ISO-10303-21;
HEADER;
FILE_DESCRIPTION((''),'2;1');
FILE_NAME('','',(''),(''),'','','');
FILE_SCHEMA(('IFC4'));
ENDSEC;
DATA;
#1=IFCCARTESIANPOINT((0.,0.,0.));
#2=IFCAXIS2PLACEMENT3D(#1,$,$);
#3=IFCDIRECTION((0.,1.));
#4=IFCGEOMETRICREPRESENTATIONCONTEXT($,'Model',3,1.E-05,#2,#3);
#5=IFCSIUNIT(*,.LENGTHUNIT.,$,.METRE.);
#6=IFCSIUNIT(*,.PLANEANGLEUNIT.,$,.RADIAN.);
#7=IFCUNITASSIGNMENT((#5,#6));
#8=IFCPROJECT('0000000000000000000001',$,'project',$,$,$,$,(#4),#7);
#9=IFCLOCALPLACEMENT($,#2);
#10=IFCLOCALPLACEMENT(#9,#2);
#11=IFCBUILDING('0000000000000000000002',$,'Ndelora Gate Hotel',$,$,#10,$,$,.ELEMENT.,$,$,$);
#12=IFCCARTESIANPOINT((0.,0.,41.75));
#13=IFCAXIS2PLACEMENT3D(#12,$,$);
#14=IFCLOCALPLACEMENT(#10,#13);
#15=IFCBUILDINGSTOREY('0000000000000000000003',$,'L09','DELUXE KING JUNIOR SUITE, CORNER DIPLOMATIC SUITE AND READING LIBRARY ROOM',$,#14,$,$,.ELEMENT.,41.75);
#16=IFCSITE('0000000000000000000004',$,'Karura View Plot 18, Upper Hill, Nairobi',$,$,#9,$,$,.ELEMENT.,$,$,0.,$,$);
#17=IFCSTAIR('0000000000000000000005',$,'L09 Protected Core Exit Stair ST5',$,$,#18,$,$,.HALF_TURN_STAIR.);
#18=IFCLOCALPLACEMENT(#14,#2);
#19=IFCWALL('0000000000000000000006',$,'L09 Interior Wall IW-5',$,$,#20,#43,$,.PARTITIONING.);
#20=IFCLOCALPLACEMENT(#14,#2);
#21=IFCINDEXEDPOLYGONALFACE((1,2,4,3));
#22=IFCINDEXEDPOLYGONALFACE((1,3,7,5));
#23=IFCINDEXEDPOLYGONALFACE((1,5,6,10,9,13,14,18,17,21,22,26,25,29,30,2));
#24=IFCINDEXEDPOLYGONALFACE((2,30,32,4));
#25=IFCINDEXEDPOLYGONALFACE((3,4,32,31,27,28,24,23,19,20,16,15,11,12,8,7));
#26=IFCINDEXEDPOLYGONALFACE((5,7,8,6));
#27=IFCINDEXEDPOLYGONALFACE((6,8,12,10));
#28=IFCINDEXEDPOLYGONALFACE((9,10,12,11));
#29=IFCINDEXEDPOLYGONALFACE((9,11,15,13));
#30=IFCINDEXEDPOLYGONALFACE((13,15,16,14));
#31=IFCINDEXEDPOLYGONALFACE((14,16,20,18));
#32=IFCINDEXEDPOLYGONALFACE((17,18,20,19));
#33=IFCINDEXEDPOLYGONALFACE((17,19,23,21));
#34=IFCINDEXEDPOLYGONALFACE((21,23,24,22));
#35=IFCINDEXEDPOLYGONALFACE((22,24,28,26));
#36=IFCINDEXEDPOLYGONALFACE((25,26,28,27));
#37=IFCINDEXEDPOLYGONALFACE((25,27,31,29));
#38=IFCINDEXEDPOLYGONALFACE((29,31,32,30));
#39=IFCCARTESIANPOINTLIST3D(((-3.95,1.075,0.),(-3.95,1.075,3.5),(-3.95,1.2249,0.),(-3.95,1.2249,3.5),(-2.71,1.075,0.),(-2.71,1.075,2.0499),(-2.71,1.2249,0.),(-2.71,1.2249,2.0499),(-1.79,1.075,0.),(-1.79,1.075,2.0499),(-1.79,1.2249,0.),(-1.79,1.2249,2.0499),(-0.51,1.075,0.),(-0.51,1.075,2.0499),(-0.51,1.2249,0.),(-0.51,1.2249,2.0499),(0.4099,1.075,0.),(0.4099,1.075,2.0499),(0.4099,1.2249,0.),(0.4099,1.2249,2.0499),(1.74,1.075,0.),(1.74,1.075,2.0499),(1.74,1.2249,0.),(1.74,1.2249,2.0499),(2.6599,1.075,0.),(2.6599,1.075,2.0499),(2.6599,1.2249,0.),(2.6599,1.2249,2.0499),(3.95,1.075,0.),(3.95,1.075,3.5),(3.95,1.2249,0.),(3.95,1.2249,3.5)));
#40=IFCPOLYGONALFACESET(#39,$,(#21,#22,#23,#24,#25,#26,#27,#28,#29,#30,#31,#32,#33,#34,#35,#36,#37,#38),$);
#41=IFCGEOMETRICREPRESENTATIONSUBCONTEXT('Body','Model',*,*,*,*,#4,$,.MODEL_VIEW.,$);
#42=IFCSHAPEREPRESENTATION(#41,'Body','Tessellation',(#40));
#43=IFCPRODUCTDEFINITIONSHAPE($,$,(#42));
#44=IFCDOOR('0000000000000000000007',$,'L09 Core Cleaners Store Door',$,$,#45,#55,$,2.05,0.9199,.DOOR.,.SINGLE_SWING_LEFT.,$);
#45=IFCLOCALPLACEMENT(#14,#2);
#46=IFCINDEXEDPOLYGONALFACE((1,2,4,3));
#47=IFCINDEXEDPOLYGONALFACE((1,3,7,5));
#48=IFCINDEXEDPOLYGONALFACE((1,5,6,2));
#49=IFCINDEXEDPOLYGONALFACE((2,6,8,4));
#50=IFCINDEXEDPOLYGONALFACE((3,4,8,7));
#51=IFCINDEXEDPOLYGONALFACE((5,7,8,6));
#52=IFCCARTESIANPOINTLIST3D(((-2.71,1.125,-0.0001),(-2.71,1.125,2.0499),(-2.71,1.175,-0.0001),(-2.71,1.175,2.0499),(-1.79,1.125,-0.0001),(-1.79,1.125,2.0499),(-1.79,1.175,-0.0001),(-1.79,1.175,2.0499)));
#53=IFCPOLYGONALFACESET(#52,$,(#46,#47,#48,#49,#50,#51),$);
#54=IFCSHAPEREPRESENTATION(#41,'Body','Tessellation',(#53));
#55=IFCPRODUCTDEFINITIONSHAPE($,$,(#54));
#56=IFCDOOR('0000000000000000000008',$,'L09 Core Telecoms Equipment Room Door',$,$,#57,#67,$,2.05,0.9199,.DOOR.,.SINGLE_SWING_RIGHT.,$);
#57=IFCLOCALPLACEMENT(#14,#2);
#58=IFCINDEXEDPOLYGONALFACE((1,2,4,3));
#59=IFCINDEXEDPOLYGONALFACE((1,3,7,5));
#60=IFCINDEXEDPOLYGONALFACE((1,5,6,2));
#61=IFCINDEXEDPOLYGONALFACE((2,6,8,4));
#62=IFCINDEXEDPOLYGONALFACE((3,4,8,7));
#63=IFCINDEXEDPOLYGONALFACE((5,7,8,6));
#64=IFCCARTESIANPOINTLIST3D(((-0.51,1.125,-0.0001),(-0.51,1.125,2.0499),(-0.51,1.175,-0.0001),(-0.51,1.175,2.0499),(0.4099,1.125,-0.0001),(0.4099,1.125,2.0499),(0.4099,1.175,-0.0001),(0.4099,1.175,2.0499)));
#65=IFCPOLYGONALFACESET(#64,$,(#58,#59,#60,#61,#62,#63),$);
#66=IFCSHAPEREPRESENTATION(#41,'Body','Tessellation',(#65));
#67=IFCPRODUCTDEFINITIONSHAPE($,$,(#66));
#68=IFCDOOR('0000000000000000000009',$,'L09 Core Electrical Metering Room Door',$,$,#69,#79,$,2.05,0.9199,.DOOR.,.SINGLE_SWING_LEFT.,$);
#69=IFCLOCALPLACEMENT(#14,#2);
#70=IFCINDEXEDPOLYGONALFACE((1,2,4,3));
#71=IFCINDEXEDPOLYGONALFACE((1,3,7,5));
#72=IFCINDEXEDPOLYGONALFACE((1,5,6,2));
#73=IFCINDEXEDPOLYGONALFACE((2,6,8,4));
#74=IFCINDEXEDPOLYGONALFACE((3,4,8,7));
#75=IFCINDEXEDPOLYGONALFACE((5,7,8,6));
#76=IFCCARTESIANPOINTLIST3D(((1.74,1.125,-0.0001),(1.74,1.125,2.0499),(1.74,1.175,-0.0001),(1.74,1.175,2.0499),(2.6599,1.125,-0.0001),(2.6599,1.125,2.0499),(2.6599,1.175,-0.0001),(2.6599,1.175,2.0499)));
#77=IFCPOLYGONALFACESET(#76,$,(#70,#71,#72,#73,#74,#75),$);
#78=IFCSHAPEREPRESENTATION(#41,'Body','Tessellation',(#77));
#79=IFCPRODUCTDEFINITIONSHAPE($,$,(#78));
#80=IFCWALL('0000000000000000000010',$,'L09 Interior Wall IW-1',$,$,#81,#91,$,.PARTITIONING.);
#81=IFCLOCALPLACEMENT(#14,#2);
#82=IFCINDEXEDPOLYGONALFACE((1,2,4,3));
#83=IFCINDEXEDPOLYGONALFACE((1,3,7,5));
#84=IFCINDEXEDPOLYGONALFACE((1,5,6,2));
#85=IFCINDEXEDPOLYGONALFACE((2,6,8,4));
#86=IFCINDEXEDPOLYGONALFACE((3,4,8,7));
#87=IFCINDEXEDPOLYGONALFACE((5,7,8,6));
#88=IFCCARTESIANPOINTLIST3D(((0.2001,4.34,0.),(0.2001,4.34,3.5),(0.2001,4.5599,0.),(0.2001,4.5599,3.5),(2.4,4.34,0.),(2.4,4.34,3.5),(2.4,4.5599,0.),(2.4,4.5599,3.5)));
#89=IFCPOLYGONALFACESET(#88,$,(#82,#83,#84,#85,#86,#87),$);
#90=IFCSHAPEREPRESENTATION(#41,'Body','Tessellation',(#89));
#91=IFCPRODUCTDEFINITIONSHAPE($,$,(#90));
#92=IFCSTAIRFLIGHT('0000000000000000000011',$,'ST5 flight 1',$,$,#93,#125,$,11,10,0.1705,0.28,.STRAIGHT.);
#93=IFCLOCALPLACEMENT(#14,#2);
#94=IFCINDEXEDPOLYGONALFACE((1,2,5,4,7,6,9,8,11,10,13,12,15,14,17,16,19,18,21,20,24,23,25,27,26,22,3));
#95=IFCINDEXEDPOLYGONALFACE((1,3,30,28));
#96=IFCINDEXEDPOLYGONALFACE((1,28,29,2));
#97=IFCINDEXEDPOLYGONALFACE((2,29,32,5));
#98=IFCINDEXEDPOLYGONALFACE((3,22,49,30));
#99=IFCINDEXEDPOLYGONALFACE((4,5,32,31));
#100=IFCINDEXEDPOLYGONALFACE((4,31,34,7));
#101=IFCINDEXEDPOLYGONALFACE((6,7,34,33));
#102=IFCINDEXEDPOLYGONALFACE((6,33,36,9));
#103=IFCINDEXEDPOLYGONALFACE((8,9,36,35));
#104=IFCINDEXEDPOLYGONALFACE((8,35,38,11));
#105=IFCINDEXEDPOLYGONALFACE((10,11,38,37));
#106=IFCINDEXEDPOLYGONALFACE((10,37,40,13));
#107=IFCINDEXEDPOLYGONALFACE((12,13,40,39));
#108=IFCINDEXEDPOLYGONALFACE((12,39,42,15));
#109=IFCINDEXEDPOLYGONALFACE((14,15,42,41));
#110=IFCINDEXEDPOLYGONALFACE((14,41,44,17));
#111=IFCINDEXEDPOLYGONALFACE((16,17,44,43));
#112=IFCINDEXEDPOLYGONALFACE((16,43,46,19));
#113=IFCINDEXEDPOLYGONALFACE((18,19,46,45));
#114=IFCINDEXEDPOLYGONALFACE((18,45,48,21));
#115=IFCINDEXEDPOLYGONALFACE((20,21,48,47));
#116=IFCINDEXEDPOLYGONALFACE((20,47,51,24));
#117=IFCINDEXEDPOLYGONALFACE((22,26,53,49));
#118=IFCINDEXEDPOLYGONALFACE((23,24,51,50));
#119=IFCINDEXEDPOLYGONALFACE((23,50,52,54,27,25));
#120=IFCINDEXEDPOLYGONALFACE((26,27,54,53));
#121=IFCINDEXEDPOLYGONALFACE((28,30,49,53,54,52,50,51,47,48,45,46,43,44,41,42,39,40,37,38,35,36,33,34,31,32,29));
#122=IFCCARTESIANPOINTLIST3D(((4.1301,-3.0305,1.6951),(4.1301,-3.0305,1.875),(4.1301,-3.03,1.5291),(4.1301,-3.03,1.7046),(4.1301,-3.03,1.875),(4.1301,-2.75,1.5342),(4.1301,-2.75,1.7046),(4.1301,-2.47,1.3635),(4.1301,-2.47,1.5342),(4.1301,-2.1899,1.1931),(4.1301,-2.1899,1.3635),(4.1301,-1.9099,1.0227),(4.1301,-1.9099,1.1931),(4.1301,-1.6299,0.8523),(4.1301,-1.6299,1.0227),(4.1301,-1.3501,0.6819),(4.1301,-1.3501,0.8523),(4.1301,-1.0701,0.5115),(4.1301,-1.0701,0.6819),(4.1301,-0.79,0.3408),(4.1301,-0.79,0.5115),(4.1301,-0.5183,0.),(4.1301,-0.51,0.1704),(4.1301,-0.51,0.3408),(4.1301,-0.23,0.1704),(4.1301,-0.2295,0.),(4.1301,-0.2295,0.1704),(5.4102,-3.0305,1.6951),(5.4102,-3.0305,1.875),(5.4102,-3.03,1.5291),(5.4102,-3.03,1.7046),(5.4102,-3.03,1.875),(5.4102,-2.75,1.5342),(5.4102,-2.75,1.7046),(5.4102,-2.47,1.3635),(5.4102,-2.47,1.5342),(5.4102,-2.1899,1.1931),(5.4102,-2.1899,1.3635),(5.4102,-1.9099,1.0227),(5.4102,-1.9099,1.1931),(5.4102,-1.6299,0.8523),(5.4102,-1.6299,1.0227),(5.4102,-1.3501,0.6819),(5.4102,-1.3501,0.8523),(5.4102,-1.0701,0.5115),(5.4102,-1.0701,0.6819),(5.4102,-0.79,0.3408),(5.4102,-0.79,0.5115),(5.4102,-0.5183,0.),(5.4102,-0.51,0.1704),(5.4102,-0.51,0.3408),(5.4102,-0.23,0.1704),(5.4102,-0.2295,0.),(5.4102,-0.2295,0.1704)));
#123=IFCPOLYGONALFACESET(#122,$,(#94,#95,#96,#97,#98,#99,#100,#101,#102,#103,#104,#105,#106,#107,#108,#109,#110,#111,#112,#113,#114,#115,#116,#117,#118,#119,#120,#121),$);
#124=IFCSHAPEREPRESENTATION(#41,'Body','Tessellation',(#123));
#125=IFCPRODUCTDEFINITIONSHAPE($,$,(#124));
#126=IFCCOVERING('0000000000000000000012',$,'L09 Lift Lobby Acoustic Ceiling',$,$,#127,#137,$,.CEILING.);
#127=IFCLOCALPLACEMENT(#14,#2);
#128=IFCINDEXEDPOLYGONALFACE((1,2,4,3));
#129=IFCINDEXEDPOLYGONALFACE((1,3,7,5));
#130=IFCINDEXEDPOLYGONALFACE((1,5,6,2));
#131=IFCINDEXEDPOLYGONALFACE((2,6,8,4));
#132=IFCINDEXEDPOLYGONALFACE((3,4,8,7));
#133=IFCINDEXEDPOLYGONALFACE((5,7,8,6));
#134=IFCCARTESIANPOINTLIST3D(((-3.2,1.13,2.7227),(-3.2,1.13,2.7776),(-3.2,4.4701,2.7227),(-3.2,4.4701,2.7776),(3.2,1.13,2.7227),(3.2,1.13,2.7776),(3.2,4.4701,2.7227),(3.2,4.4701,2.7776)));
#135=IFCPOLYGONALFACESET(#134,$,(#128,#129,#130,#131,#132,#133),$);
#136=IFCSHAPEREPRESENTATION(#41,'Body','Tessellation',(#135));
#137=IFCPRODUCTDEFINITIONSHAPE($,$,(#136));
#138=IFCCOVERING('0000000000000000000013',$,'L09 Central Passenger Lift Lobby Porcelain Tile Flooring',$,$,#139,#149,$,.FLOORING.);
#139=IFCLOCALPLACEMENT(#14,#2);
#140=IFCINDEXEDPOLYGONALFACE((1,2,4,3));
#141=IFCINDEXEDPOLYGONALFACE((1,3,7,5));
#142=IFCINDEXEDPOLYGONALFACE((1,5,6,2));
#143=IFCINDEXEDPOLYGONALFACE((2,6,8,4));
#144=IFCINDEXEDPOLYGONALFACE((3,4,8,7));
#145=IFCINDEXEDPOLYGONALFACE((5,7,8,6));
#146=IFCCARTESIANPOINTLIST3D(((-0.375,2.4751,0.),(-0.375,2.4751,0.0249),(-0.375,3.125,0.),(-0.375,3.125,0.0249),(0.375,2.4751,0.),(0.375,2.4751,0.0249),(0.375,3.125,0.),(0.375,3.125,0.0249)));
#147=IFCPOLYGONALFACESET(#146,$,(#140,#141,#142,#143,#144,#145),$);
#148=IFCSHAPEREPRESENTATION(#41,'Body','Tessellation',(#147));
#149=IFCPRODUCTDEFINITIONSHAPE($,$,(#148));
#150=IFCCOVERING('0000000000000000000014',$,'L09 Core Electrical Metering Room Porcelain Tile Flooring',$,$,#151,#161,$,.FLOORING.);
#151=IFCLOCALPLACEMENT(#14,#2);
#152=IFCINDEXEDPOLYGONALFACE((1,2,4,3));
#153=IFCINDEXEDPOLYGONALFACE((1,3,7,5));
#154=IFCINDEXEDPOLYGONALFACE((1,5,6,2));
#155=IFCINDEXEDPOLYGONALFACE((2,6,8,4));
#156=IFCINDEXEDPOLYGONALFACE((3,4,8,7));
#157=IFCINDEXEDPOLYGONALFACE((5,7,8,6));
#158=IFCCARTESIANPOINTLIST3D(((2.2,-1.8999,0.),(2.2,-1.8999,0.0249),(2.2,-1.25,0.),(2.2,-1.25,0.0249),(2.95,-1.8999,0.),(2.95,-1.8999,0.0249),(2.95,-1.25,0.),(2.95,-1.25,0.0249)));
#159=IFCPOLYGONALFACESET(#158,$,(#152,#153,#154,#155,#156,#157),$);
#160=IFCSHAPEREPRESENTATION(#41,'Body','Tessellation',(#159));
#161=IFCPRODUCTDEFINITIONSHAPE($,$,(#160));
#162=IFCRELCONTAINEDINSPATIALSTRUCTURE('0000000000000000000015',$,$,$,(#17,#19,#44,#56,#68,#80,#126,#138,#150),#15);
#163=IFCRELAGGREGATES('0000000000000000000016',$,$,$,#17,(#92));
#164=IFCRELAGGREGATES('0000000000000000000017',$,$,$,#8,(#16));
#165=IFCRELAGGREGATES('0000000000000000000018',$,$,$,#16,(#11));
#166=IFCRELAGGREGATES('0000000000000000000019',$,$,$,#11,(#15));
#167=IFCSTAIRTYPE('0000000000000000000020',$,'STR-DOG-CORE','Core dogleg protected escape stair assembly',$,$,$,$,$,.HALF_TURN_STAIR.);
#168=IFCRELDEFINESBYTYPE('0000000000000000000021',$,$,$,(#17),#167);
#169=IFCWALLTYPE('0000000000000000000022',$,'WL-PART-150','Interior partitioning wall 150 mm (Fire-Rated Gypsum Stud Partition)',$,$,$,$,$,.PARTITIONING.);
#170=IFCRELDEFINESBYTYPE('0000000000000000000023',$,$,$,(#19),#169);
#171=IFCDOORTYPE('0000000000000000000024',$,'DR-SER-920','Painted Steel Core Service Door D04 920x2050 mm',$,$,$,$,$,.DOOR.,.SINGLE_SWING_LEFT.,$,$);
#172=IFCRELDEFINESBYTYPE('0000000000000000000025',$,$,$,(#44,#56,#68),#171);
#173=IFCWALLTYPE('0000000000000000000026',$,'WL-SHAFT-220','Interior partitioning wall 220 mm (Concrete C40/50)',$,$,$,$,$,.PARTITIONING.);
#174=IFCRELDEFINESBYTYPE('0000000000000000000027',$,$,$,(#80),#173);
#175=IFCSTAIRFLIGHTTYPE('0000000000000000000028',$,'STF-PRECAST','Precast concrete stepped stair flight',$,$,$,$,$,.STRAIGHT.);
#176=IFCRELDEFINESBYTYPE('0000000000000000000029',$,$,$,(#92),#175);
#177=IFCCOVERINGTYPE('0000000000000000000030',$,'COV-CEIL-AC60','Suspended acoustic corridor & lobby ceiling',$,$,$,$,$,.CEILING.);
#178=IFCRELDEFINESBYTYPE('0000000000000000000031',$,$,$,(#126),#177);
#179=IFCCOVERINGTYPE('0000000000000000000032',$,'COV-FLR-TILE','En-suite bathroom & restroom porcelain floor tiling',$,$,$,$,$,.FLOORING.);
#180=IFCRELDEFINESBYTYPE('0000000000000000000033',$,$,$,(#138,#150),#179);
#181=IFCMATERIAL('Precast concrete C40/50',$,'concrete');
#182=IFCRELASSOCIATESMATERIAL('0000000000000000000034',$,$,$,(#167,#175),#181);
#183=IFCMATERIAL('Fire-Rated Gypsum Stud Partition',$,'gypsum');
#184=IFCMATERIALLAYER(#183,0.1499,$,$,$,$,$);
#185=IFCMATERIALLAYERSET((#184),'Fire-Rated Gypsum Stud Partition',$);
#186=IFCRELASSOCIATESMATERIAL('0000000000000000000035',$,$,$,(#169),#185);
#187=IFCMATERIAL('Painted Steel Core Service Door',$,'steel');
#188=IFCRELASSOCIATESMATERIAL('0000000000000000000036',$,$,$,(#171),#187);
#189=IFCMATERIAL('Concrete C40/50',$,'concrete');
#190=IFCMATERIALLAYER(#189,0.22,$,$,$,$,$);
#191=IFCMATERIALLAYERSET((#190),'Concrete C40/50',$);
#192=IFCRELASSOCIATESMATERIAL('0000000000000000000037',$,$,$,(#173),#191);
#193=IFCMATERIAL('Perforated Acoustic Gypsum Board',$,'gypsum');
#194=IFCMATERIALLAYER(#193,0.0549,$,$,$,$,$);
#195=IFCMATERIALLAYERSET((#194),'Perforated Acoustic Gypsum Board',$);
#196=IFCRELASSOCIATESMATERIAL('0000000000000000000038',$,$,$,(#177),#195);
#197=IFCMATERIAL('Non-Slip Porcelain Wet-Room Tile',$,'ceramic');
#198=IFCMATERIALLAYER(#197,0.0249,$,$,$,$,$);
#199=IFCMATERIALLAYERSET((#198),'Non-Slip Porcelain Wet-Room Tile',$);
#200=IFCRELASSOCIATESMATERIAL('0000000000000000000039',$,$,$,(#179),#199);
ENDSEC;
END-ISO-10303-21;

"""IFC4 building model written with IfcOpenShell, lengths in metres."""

from ifc_helpers import new_model, si_unit, direction, frame, frame_2d, origin, origin_2d, place, context, subcontext, project, spatial, polyline, rectangle, outline, extrude, material, layer, layer_set, type_object, element, fill, aggregate, save


model = new_model("IFC4")

# Units and contexts
model_context = context("Model", 3, precision=1e-05, world=origin(), true_north=direction((0.0, 1.0)))
body_context = subcontext(model_context, "Body", "Model", "MODEL_VIEW")
ifc_project = project(units=[si_unit("LENGTHUNIT", "METRE"), si_unit("PLANEANGLEUNIT", "RADIAN")], contexts=[model_context])

# Site, building, storey
site_placement = place(None, origin())
site = spatial("IfcSite", under=ifc_project, at=site_placement, Name="Karura View Plot 18, Upper Hill, Nairobi", CompositionType="ELEMENT", RefElevation=0.0)
building_placement = place(site_placement, origin())
building = spatial("IfcBuilding", under=site, at=building_placement, Name="Ndelora Gate Hotel", CompositionType="ELEMENT")
storey_placement = place(building_placement, frame((0.0, 0.0, 41.75)))
storey = spatial("IfcBuildingStorey", under=building, at=storey_placement, Name="L09", Description="DELUXE KING JUNIOR SUITE, CORNER DIPLOMATIC SUITE AND READING LIBRARY ROOM", CompositionType="ELEMENT", Elevation=41.75)

# Stair
ifc_material_1 = material(Name="Precast concrete C40/50", Category="concrete")
stair_type = type_object("IfcStairType", Name="STR-DOG-CORE", Description="Core dogleg protected escape stair assembly", PredefinedType="HALF_TURN_STAIR", material=ifc_material_1)
stair_1_placement = place(storey_placement, origin())
stair_1 = element("IfcStair", 1, at=stair_1_placement, inside=storey, type_object=stair_type, Name="L09 Protected Core Exit Stair ST5", PredefinedType="HALF_TURN_STAIR")

# Shared definitions
ifc_material_2 = material(Name="Concrete C40/50", Category="concrete")

# Wall, openings, doors
ifc_material_3 = material(Name="Fire-Rated Gypsum Stud Partition", Category="gypsum")
ifc_layer_1 = layer(ifc_material_3, 0.1499)
ifc_layer_set_1 = layer_set([ifc_layer_1], Name="Fire-Rated Gypsum Stud Partition")
wall_type_1 = type_object("IfcWallType", Name="WL-PART-150", Description="Interior partitioning wall 150 mm (Fire-Rated Gypsum Stud Partition)", PredefinedType="PARTITIONING", material=ifc_layer_set_1)
wall_1_placement = place(storey_placement, frame((3.95, 1.1499, 0.0), z_axis=(0.0, 0.0, 1.0), x_axis=(-1.0, 0.0, 0.0)))
wall_1 = element("IfcWall", 2, at=wall_1_placement, inside=storey, type_object=wall_type_1, Name="L09 Interior Wall IW-5", PredefinedType="PARTITIONING", context=body_context, shape_type="SweptSolid", body=[
    extrude(rectangle(XDim=7.8999, YDim=0.1499, at=frame_2d((3.95, 0.0))), origin(), (0.0, 0.0, 1.0), 3.5),
])
opening_1_placement = place(wall_1_placement, frame((5.74, 0.0, 0.0)))
opening_1 = element("IfcOpeningElement", 3, at=opening_1_placement, cuts=wall_1, PredefinedType="OPENING", context=body_context, shape_type="SweptSolid", body=[
    extrude(rectangle(XDim=0.9199, YDim=2.05, at=frame_2d((0.46, 1.0249))), frame((0.0, 0.085, 0.0), z_axis=(0.0, -1.0, 0.0), x_axis=(1.0, 0.0, 0.0)), (0.0, 0.0, 1.0), 0.1699),
])
opening_2_placement = place(wall_1_placement, frame((3.54, 0.0, 0.0)))
opening_2 = element("IfcOpeningElement", 4, at=opening_2_placement, cuts=wall_1, PredefinedType="OPENING", context=body_context, shape_type="SweptSolid", body=[
    extrude(rectangle(XDim=0.9199, YDim=2.05, at=frame_2d((0.46, 1.0249))), frame((0.0, 0.085, 0.0), z_axis=(0.0, -1.0, 0.0), x_axis=(1.0, 0.0, 0.0)), (0.0, 0.0, 1.0), 0.1699),
])
opening_3_placement = place(wall_1_placement, frame((1.29, 0.0, 0.0)))
opening_3 = element("IfcOpeningElement", 5, at=opening_3_placement, cuts=wall_1, PredefinedType="OPENING", context=body_context, shape_type="SweptSolid", body=[
    extrude(rectangle(XDim=0.9199, YDim=2.05, at=frame_2d((0.46, 1.0249))), frame((0.0, 0.085, 0.0), z_axis=(0.0, -1.0, 0.0), x_axis=(1.0, 0.0, 0.0)), (0.0, 0.0, 1.0), 0.1699),
])
ifc_material_4 = material(Name="Painted Steel Core Service Door", Category="steel")
door_type_1 = type_object("IfcDoorType", Name="DR-SER-920", Description="Painted Steel Core Service Door D04 920x2050 mm", OperationType="SINGLE_SWING_LEFT", PredefinedType="DOOR", material=ifc_material_4)
door_1_placement = place(opening_1_placement, origin())
door_1 = element("IfcDoor", 6, at=door_1_placement, inside=storey, type_object=door_type_1, Name="L09 Core Cleaners Store Door", OperationType="SINGLE_SWING_LEFT", OverallHeight=2.05, OverallWidth=0.9199, PredefinedType="DOOR", context=body_context, shape_type="SweptSolid", body=[
    extrude(rectangle(XDim=0.9199, YDim=2.05, at=frame_2d((0.46, 1.0249))), frame((0.0, 0.0249, 0.0), z_axis=(0.0, -1.0, 0.0), x_axis=(1.0, 0.0, 0.0)), (0.0, 0.0, 1.0), 0.05),
])
fill(opening_1, door_1)
door_2_placement = place(opening_2_placement, origin())
door_2 = element("IfcDoor", 7, at=door_2_placement, inside=storey, type_object=door_type_1, Name="L09 Core Telecoms Equipment Room Door", OperationType="SINGLE_SWING_RIGHT", OverallHeight=2.05, OverallWidth=0.9199, PredefinedType="DOOR", context=body_context, shape_type="SweptSolid", body=[
    extrude(rectangle(XDim=0.9199, YDim=2.05, at=frame_2d((0.46, 1.0249))), frame((0.0, 0.0249, 0.0), z_axis=(0.0, -1.0, 0.0), x_axis=(1.0, 0.0, 0.0)), (0.0, 0.0, 1.0), 0.05),
])
fill(opening_2, door_2)
door_3_placement = place(opening_3_placement, origin())
door_3 = element("IfcDoor", 8, at=door_3_placement, inside=storey, type_object=door_type_1, Name="L09 Core Electrical Metering Room Door", OperationType="SINGLE_SWING_LEFT", OverallHeight=2.05, OverallWidth=0.9199, PredefinedType="DOOR", context=body_context, shape_type="SweptSolid", body=[
    extrude(rectangle(XDim=0.9199, YDim=2.05, at=frame_2d((0.46, 1.0249))), frame((0.0, 0.0249, 0.0), z_axis=(0.0, -1.0, 0.0), x_axis=(1.0, 0.0, 0.0)), (0.0, 0.0, 1.0), 0.05),
])
fill(opening_3, door_3)

# Shared definitions
ifc_layer_2 = layer(ifc_material_2, 0.22)
ifc_layer_set_2 = layer_set([ifc_layer_2], Name="Concrete C40/50")
wall_type_2 = type_object("IfcWallType", Name="WL-SHAFT-220", Description="Interior partitioning wall 220 mm (Concrete C40/50)", PredefinedType="PARTITIONING", material=ifc_layer_set_2)

# Wall
wall_2_placement = place(storey_placement, frame((0.2, 4.45, 0.0), z_axis=(0.0, 0.0, 1.0), x_axis=(1.0, 0.0, 0.0)))
element("IfcWall", 9, at=wall_2_placement, inside=storey, type_object=wall_type_2, Name="L09 Interior Wall IW-1", PredefinedType="PARTITIONING", context=body_context, shape_type="SweptSolid", body=[
    extrude(rectangle(XDim=2.2, YDim=0.22, at=frame_2d((1.1001, 0.0))), origin(), (0.0, 0.0, 1.0), 3.5),
])

# Stair flight
stair_flight_type = type_object("IfcStairFlightType", Name="STF-PRECAST", Description="Precast concrete stepped stair flight", PredefinedType="STRAIGHT", material=ifc_material_1)
stair_flight_placement = place(storey_placement, frame((4.77, -0.23, 0.0), z_axis=(0.0, 0.0, 1.0), x_axis=(0.0, -1.0, 0.0)))
stair_flight = element("IfcStairFlight", 10, at=stair_flight_placement, type_object=stair_flight_type, Name="ST5 flight 1", NumberOfRisers=11, NumberOfTreads=10, PredefinedType="STRAIGHT", RiserHeight=0.1705, TreadLength=0.28, context=body_context, shape_type="SweptSolid", body=[
    extrude(outline(polyline([(-0.0005, 0.0), (-0.0005, 0.1704), (0.0, 0.1704), (0.28, 0.1704), (0.28, 0.3408), (0.5601, 0.3408), (0.5601, 0.5115), (0.8401, 0.5115), (0.8401, 0.6819), (1.1201, 0.6819), (1.1201, 0.8523), (1.3999, 0.8523), (1.3999, 1.0227), (1.6799, 1.0227), (1.6799, 1.1931), (1.96, 1.1931), (1.96, 1.3635), (2.24, 1.3635), (2.24, 1.5342), (2.52, 1.5342), (2.52, 1.7046), (2.8, 1.7046), (2.8, 1.875), (2.8005, 1.875), (2.8005, 1.6951), (2.8, 1.5291), (0.2883, 0.0), (-0.0005, 0.0)])), frame((0.0, 0.6401, 0.0), z_axis=(0.0, -1.0, 0.0), x_axis=(1.0, 0.0, 0.0)), (0.0, 0.0, 1.0), 1.28),
])
aggregate(stair_1, [stair_flight])

# Coverings
ifc_material_5 = material(Name="Perforated Acoustic Gypsum Board", Category="gypsum")
ifc_layer_3 = layer(ifc_material_5, 0.0549)
ifc_layer_set_3 = layer_set([ifc_layer_3], Name="Perforated Acoustic Gypsum Board")
covering_type_1 = type_object("IfcCoveringType", Name="COV-CEIL-AC60", Description="Suspended acoustic corridor & lobby ceiling", PredefinedType="CEILING", material=ifc_layer_set_3)
covering_placement = place(storey_placement, frame((0.0, 2.8, 2.7227), z_axis=(0.0, 0.0, 1.0), x_axis=(1.0, 0.0, 0.0)))
element("IfcCovering", 11, at=covering_placement, inside=storey, type_object=covering_type_1, Name="L09 Lift Lobby Acoustic Ceiling", PredefinedType="CEILING", context=body_context, shape_type="SweptSolid", body=[
    extrude(rectangle(XDim=6.3999, YDim=3.3401, at=origin_2d()), origin(), (0.0, 0.0, 1.0), 0.0549),
])
ifc_material_6 = material(Name="Non-Slip Porcelain Wet-Room Tile", Category="ceramic")
ifc_layer_4 = layer(ifc_material_6, 0.0249)
ifc_layer_set_4 = layer_set([ifc_layer_4], Name="Non-Slip Porcelain Wet-Room Tile")
covering_type_2 = type_object("IfcCoveringType", Name="COV-FLR-TILE", Description="En-suite bathroom & restroom porcelain floor tiling", PredefinedType="FLOORING", material=ifc_layer_set_4)
for number, where, z_axis, x_axis, name in (
    (12, (0.0, 2.8, 0.0), (0.0, 0.0, 1.0), (1.0, 0.0, 0.0), "L09 Central Passenger Lift Lobby Porcelain Tile Flooring"),
    (13, (2.575, -1.575, 0.0), (0.0, 0.0, 1.0), (1.0, 0.0, 0.0), "L09 Core Electrical Metering Room Porcelain Tile Flooring"),
):
    element("IfcCovering", number, at=place(storey_placement, frame(where, z_axis=z_axis, x_axis=x_axis)), inside=storey, type_object=covering_type_2, Name=name, PredefinedType="FLOORING", context=body_context, shape_type="SweptSolid", body=[
        extrude(rectangle(XDim=0.75, YDim=0.6499, at=origin_2d()), origin(), (0.0, 0.0, 1.0), 0.0249),
    ])

save(model, "model.ifc")
